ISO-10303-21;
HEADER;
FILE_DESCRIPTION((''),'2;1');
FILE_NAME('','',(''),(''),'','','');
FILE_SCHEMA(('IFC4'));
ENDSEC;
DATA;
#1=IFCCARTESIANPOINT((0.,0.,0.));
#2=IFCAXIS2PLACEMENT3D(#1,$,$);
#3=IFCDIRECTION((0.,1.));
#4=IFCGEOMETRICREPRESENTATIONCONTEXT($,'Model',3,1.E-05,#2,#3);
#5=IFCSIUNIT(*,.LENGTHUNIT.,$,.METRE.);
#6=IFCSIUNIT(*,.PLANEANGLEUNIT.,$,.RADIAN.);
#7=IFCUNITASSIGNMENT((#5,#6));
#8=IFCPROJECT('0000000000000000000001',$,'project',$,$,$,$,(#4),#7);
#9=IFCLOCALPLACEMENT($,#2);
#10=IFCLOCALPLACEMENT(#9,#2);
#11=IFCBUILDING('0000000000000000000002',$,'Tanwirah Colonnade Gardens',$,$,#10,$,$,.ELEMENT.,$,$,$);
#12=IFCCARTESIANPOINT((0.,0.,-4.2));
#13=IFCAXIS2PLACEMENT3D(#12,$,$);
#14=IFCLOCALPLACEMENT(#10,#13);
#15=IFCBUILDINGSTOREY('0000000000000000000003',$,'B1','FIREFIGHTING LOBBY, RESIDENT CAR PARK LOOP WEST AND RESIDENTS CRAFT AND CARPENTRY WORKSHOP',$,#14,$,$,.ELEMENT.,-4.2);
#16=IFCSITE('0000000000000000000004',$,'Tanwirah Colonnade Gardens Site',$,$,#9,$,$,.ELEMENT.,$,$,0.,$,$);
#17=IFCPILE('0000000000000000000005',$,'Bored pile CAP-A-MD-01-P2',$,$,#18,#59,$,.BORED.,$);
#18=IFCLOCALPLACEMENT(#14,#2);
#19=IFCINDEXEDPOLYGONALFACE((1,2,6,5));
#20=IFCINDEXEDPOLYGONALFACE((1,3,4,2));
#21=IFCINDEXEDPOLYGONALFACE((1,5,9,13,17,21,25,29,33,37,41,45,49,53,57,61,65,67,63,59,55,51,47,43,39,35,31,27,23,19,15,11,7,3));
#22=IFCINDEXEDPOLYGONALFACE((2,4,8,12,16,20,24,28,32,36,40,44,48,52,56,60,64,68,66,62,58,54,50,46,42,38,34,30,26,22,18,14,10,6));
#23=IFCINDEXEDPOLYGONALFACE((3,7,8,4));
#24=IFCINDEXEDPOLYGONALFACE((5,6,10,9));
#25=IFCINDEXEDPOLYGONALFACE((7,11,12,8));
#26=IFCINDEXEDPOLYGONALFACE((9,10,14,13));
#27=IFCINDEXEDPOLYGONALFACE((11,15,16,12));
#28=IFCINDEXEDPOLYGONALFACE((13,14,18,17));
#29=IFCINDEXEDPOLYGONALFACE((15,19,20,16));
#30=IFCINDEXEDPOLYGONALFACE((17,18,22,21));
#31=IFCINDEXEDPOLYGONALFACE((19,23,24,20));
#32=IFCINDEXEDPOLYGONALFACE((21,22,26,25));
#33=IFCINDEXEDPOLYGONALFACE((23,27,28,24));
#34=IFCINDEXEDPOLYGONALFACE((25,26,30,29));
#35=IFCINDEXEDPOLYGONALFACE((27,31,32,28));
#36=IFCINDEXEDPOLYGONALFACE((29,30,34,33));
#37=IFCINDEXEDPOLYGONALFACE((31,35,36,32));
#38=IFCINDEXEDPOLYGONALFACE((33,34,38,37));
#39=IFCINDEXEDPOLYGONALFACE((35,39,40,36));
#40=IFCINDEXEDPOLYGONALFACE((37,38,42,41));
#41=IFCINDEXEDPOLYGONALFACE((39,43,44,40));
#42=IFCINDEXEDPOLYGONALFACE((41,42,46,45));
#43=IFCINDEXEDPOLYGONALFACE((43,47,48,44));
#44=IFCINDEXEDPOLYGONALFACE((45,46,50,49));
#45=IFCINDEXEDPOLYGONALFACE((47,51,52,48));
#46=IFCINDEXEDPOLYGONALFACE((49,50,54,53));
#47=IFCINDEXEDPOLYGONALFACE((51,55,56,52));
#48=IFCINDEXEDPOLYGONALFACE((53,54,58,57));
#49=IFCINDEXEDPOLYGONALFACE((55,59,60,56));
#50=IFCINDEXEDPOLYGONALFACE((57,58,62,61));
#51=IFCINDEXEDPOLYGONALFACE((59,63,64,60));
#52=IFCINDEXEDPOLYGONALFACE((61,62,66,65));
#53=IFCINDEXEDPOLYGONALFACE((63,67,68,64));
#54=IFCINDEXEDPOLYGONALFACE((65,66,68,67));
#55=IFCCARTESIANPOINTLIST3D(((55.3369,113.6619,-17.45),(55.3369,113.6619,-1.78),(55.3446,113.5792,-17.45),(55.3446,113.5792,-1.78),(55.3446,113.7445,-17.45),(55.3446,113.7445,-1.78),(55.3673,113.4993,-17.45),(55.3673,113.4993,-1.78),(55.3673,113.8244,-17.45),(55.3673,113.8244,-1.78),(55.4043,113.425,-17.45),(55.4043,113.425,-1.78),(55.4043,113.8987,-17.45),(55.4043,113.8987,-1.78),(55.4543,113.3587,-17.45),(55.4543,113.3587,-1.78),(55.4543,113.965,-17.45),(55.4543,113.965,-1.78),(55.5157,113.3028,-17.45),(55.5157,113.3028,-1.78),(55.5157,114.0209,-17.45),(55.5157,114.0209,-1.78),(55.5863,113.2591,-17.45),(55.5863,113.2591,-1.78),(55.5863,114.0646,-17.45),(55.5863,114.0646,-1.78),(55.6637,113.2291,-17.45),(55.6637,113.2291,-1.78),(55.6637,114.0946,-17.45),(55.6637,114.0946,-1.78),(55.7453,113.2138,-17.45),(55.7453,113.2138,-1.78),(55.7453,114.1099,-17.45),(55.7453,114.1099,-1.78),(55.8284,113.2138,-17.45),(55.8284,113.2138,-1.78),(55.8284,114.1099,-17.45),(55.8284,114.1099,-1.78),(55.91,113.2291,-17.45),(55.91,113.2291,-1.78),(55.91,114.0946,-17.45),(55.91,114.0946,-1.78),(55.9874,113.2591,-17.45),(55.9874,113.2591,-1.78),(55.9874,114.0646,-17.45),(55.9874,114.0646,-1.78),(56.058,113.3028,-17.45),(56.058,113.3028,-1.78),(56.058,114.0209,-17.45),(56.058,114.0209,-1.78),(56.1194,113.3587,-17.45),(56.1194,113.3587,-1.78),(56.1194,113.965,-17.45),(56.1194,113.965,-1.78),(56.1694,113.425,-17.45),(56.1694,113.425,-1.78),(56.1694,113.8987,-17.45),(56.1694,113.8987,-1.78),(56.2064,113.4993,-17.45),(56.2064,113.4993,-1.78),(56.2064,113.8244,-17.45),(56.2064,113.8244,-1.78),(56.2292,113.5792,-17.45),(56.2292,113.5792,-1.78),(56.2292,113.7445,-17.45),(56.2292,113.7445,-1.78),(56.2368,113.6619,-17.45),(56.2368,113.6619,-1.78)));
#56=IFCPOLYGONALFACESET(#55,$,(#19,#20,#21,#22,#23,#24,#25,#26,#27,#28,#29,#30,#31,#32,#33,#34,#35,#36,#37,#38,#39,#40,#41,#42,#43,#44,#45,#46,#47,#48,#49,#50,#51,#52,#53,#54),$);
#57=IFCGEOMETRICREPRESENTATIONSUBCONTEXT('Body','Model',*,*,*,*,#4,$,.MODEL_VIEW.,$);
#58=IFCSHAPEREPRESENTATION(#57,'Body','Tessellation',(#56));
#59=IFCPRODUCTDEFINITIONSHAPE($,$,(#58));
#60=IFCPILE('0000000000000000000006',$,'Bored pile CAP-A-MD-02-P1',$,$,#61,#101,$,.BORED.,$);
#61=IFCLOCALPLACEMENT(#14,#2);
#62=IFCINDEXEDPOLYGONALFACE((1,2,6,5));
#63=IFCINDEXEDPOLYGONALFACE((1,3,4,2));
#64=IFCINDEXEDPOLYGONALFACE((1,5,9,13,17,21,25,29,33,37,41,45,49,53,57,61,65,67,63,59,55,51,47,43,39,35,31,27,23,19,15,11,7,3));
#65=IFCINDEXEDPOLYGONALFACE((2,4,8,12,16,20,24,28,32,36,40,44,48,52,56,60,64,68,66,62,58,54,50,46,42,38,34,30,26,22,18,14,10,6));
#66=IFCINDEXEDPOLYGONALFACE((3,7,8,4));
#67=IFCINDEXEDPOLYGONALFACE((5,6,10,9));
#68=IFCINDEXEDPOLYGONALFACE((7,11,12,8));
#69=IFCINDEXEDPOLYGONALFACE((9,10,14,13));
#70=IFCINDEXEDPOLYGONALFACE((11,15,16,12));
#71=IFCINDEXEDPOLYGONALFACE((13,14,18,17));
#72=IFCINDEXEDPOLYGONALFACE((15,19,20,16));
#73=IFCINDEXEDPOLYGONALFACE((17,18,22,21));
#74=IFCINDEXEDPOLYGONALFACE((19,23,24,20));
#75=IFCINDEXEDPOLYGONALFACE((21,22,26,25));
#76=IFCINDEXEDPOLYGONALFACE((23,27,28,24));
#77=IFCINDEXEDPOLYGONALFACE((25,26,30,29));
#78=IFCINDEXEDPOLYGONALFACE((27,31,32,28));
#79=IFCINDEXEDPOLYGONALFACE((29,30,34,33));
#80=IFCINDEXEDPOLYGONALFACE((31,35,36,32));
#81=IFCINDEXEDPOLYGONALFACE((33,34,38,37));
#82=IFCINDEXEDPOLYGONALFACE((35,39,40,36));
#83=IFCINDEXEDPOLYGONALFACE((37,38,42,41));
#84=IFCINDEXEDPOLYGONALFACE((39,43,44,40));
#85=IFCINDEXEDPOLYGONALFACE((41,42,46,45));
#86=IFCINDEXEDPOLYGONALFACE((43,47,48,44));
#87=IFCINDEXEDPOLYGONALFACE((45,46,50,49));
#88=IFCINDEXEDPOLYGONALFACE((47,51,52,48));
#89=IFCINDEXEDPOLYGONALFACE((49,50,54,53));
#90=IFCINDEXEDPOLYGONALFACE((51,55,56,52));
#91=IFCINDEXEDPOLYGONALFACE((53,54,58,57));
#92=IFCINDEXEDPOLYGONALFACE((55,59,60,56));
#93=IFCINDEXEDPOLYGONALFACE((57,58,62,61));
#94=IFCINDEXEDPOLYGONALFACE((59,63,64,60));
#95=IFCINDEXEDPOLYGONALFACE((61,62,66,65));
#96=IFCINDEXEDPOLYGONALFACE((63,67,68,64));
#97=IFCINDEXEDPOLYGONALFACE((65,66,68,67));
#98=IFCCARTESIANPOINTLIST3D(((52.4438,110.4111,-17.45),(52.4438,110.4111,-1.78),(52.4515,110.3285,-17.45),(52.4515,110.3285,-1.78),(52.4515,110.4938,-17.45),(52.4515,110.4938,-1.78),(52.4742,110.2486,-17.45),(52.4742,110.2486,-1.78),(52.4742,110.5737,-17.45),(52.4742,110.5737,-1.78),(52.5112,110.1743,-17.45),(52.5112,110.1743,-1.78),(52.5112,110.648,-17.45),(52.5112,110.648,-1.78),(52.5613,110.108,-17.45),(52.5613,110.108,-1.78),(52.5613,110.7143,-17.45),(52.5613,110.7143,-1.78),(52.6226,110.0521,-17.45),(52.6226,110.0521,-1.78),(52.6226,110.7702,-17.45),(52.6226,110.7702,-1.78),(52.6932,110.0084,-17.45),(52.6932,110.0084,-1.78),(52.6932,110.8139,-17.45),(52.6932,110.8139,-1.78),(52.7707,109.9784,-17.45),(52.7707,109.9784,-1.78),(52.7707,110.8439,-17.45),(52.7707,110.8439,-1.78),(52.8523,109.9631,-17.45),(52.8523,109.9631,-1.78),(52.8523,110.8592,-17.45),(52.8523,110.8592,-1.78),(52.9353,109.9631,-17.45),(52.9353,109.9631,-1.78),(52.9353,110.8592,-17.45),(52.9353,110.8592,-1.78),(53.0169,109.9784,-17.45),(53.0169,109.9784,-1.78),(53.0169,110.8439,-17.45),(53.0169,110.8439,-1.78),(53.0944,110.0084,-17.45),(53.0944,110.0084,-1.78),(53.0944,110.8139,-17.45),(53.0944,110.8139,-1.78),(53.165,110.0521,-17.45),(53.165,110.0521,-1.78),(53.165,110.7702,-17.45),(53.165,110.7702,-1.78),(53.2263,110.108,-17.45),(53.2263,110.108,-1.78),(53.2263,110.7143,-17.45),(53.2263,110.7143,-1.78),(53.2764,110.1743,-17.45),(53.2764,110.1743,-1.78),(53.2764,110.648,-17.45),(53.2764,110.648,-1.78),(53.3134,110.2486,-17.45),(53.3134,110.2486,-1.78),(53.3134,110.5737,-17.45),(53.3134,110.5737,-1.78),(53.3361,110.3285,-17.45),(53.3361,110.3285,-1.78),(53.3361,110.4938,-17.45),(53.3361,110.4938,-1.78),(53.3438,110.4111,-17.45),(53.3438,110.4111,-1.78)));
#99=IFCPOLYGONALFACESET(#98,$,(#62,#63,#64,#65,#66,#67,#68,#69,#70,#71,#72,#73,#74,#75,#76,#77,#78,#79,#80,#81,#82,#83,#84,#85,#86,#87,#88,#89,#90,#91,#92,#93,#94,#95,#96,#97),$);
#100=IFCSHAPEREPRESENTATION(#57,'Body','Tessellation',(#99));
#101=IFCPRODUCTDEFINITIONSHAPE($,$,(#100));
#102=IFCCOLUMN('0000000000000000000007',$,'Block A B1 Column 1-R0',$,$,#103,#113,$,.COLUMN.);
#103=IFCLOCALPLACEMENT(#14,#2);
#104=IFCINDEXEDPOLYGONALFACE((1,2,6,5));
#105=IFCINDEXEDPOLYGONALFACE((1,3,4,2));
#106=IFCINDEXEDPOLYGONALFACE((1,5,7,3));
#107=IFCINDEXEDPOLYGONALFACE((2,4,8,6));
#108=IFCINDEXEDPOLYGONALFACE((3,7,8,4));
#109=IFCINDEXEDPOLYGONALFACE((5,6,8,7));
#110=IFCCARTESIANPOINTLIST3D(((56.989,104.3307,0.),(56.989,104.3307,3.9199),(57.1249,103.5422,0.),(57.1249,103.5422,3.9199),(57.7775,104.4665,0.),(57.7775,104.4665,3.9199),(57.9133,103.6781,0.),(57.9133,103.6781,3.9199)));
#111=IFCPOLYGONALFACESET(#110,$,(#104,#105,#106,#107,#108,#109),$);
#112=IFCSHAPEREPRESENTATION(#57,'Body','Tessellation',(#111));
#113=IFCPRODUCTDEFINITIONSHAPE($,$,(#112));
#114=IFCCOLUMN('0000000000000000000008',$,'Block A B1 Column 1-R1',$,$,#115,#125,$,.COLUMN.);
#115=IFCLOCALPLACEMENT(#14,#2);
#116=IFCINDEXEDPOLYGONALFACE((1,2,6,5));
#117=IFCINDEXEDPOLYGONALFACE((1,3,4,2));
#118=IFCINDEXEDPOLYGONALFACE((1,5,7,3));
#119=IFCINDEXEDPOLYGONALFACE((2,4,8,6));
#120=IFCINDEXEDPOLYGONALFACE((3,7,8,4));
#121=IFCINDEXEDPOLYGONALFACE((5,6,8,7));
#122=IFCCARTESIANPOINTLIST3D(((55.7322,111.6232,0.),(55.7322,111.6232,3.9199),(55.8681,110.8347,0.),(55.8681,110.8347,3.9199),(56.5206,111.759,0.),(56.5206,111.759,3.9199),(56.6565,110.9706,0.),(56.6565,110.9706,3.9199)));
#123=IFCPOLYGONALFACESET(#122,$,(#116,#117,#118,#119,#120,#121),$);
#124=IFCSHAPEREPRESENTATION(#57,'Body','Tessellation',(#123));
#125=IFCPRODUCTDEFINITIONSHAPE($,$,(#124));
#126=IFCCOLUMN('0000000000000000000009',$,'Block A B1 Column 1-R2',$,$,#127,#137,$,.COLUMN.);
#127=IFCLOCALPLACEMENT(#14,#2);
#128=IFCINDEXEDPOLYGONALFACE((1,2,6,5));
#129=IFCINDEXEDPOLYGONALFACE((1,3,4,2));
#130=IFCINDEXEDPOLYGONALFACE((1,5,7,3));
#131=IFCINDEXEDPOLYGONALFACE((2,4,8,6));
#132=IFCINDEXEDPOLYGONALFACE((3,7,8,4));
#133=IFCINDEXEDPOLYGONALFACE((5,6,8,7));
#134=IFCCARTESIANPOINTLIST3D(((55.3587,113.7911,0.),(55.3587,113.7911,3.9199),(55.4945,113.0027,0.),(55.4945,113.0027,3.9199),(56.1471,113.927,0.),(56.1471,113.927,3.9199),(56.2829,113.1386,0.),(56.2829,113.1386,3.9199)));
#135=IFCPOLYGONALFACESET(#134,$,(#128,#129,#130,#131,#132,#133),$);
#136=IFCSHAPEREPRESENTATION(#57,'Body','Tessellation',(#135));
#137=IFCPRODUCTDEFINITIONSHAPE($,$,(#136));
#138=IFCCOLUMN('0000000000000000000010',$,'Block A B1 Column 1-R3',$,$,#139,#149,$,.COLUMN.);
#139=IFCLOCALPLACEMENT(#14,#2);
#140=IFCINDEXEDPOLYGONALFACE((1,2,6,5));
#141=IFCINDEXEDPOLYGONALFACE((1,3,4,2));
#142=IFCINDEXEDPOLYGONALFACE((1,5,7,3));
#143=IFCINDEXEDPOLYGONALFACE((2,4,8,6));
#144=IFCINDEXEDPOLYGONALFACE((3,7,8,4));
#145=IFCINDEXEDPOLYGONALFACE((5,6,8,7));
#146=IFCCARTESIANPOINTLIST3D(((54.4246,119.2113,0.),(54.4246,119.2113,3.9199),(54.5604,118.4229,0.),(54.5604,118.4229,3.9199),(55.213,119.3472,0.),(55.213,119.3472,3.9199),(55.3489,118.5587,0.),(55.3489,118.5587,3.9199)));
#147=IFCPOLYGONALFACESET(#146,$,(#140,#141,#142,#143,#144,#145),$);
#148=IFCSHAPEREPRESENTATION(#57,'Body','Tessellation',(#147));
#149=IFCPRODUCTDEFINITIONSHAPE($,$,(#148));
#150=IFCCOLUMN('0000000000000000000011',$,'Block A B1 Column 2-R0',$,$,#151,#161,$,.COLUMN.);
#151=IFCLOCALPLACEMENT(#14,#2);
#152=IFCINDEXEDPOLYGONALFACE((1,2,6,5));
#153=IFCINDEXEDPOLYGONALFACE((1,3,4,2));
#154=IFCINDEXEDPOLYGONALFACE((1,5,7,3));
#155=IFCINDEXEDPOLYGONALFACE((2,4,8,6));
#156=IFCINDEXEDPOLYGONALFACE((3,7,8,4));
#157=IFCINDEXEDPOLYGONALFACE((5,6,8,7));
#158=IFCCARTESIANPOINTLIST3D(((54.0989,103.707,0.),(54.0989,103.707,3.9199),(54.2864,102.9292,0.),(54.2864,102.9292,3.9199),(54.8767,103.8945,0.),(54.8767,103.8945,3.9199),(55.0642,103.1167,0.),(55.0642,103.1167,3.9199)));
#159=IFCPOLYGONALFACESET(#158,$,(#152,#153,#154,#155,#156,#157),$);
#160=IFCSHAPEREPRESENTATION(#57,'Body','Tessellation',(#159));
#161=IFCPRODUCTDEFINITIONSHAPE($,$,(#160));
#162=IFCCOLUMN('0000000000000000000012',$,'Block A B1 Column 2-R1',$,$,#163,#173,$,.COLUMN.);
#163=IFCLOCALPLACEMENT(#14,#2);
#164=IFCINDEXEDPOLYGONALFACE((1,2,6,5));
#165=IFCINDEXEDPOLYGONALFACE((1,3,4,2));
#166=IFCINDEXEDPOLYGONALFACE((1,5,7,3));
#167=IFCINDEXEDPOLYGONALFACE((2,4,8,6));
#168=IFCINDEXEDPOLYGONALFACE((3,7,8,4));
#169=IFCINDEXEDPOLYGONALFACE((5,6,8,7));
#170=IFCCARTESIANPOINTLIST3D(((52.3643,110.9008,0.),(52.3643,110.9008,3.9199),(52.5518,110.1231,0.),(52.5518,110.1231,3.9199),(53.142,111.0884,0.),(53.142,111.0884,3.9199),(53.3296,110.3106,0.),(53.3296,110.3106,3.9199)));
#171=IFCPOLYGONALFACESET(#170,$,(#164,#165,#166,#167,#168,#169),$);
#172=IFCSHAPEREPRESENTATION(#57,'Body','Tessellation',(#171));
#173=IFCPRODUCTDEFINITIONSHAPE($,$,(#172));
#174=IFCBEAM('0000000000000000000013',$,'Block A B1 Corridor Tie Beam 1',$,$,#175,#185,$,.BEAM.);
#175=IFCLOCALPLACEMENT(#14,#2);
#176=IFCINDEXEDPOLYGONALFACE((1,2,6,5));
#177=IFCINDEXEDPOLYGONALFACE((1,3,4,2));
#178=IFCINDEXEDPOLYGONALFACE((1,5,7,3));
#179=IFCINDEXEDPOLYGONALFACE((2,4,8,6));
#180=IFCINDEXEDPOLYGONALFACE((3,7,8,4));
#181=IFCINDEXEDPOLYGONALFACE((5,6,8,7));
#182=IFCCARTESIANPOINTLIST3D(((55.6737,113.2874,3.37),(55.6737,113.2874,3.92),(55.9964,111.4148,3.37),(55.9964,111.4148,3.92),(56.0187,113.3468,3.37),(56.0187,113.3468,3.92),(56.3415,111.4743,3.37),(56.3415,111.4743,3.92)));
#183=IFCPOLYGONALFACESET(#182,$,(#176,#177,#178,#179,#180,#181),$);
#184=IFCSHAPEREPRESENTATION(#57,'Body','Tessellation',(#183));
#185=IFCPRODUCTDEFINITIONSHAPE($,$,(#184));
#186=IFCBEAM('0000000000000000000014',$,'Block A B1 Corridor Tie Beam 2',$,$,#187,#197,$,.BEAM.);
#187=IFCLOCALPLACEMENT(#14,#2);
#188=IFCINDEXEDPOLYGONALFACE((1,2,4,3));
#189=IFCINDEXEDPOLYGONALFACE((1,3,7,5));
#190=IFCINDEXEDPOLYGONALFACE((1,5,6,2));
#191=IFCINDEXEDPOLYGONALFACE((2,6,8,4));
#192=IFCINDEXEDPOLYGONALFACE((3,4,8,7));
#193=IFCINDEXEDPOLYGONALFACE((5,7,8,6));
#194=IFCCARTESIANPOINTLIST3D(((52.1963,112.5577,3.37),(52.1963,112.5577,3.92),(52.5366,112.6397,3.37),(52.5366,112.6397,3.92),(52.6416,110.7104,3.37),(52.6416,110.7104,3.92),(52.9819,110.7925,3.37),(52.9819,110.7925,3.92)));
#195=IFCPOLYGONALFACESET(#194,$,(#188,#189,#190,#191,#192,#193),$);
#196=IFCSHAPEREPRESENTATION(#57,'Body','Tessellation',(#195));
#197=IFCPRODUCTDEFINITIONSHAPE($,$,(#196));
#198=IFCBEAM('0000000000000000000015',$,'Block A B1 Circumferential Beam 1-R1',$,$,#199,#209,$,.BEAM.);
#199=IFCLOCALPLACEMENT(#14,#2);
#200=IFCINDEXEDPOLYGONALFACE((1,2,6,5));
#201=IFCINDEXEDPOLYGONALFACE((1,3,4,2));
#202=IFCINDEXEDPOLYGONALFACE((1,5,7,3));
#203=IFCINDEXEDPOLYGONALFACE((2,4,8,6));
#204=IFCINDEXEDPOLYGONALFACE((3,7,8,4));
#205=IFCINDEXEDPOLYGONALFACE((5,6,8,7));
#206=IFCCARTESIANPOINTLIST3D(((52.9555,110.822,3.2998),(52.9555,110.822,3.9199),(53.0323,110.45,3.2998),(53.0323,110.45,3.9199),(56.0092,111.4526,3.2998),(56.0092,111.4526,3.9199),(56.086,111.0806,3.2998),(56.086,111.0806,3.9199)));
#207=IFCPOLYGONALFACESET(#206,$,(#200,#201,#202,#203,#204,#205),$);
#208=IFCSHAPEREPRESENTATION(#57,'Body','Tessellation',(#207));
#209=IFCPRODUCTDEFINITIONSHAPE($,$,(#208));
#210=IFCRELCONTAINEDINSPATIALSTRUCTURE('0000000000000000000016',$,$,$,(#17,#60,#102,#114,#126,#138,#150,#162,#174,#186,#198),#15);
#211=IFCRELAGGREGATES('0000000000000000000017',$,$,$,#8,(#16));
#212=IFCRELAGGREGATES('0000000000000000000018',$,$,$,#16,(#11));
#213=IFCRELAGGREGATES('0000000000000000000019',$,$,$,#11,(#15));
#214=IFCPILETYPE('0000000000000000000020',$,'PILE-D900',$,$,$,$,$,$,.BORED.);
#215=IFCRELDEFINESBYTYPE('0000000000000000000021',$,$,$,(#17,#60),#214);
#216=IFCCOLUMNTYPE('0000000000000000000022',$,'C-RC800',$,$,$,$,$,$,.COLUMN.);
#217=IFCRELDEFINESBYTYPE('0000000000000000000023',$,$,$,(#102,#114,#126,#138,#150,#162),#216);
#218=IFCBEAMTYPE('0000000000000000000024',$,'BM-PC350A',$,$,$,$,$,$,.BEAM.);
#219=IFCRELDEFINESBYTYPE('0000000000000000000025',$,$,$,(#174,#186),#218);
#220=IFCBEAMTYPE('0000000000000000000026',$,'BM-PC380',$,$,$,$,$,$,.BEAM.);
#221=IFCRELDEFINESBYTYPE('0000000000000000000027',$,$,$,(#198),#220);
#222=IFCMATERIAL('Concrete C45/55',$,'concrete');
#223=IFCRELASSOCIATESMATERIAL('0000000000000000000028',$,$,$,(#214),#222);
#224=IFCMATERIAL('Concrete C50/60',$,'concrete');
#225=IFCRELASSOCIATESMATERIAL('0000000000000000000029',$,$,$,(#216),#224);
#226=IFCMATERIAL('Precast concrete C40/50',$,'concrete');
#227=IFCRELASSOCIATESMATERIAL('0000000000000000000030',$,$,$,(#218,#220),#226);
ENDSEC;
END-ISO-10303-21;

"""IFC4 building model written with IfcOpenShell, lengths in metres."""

from ifc_helpers import new_model, si_unit, direction, frame, origin, origin_2d, place, context, subcontext, project, spatial, rectangle, circle, extrude, material, material_profile, profile_set, type_object, element, save


model = new_model("IFC4")

# Units and contexts
model_context = context("Model", 3, precision=1e-05, world=origin(), true_north=direction((0.0, 1.0)))
body_context = subcontext(model_context, "Body", "Model", "MODEL_VIEW")
ifc_project = project(units=[si_unit("LENGTHUNIT", "METRE"), si_unit("PLANEANGLEUNIT", "RADIAN")], contexts=[model_context])

# Site, building, storey
site_placement = place(None, origin())
site = spatial("IfcSite", under=ifc_project, at=site_placement, Name="Tanwirah Colonnade Gardens Site", CompositionType="ELEMENT", RefElevation=0.0)
building_placement = place(site_placement, origin())
building = spatial("IfcBuilding", under=site, at=building_placement, Name="Tanwirah Colonnade Gardens", CompositionType="ELEMENT")
storey_placement = place(building_placement, frame((0.0, 0.0, -4.2)))
storey = spatial("IfcBuildingStorey", under=building, at=storey_placement, Name="B1", Description="FIREFIGHTING LOBBY, RESIDENT CAR PARK LOOP WEST AND RESIDENTS CRAFT AND CARPENTRY WORKSHOP", CompositionType="ELEMENT", Elevation=-4.2)

# Shared definitions
ifc_material_1 = material(Name="Concrete C45/55", Category="concrete")

# Piles
ifc_material_profile_1 = material_profile(ifc_material_1, circle(Radius=0.45, at=origin_2d()), Name="PILE D900")
ifc_profile_set_1 = profile_set([ifc_material_profile_1], Name="Concrete C45/55")
pile_type_1 = type_object("IfcPileType", Name="PILE-D900", PredefinedType="BORED", material=ifc_profile_set_1)
for number, where, z_axis, x_axis, name in (
    (1, (55.7869, 113.6619, -1.78), (0.0, 0.0, -1.0), (1.0, 0.0, 0.0), "Bored pile CAP-A-MD-01-P2"),
    (2, (52.8938, 110.4111, -1.78), (0.0, 0.0, -1.0), (1.0, 0.0, 0.0), "Bored pile CAP-A-MD-02-P1"),
):
    element("IfcPile", number, at=place(storey_placement, frame(where, z_axis=z_axis, x_axis=x_axis)), inside=storey, type_object=pile_type_1, Name=name, PredefinedType="BORED", context=body_context, shape_type="SweptSolid", body=[
        extrude(circle(Radius=0.45, at=origin_2d()), origin(), (0.0, 0.0, 1.0), 15.6699),
    ])

# Columns
ifc_material_2 = material(Name="Concrete C50/60", Category="concrete")
ifc_material_profile_2 = material_profile(ifc_material_2, rectangle(XDim=0.8, YDim=0.8, at=origin_2d()), Name="RC-COL 800x800")
ifc_profile_set_2 = profile_set([ifc_material_profile_2], Name="Concrete C50/60")
column_type = type_object("IfcColumnType", Name="C-RC800", PredefinedType="COLUMN", material=ifc_profile_set_2)
for number, where, z_axis, x_axis, name in (
    (3, (57.4512, 104.0044, 0.0), (0.0, 0.0, 1.0), (-0.169827, 0.985474, 0.0), "Block A B1 Column 1-R0"),
    (4, (56.1943, 111.2969, 0.0), (0.0, 0.0, 1.0), (-0.169827, 0.985474, 0.0), "Block A B1 Column 1-R1"),
    (5, (55.8208, 113.4648, 0.0), (0.0, 0.0, 1.0), (-0.169827, 0.985474, 0.0), "Block A B1 Column 1-R2"),
    (6, (54.8867, 118.885, 0.0), (0.0, 0.0, 1.0), (-0.169827, 0.985474, 0.0), "Block A B1 Column 1-R3"),
    (7, (54.5815, 103.4119, 0.0), (0.0, 0.0, 1.0), (-0.234388, 0.972143, 0.0), "Block A B1 Column 2-R0"),
    (8, (52.8469, 110.6057, 0.0), (0.0, 0.0, 1.0), (-0.234388, 0.972143, 0.0), "Block A B1 Column 2-R1"),
):
    element("IfcColumn", number, at=place(storey_placement, frame(where, z_axis=z_axis, x_axis=x_axis)), inside=storey, type_object=column_type, Name=name, PredefinedType="COLUMN", context=body_context, shape_type="SweptSolid", body=[
        extrude(rectangle(XDim=0.8, YDim=0.8, at=origin_2d()), origin(), (0.0, 0.0, 1.0), 3.9199),
    ])

# Beams
ifc_material_3 = material(Name="Precast concrete C40/50", Category="concrete")
ifc_material_profile_3 = material_profile(ifc_material_3, rectangle(XDim=0.3501, YDim=0.55, at=origin_2d()), Name="PC-BM 350x550")
ifc_profile_set_3 = profile_set([ifc_material_profile_3], Name="Precast concrete C40/50")
beam_type_1 = type_object("IfcBeamType", Name="BM-PC350A", PredefinedType="BEAM", material=ifc_profile_set_3)
for number, where, z_axis, x_axis, name in (
    (9, (56.1689, 111.4446, 3.645), (-0.169855, 0.985469, 0.0), (-0.985469, -0.169855, 0.0), "Block A B1 Corridor Tie Beam 1"),
    (10, (52.8118, 110.7515, 3.645), (-0.234364, 0.972149, 0.0), (-0.972149, -0.234364, 0.0), "Block A B1 Corridor Tie Beam 2"),
):
    element("IfcBeam", number, at=place(storey_placement, frame(where, z_axis=z_axis, x_axis=x_axis)), inside=storey, type_object=beam_type_1, Name=name, PredefinedType="BEAM", context=body_context, shape_type="SweptSolid", body=[
        extrude(rectangle(XDim=0.3501, YDim=0.55, at=origin_2d()), origin(), (0.0, 0.0, 1.0), 1.9001),
    ])
ifc_material_profile_4 = material_profile(ifc_material_3, rectangle(XDim=0.3799, YDim=0.6201, at=origin_2d()), Name="PC-BM 380x620")
ifc_profile_set_4 = profile_set([ifc_material_profile_4], Name="Precast concrete C40/50")
beam_type_2 = type_object("IfcBeamType", Name="BM-PC380", PredefinedType="BEAM", material=ifc_profile_set_4)
beam_1_placement = place(storey_placement, frame((56.0476, 111.2666, 3.6099), z_axis=(-0.979336, -0.202241, 0.0), x_axis=(0.202241, -0.979336, 0.0)))
element("IfcBeam", 11, at=beam_1_placement, inside=storey, type_object=beam_type_2, Name="Block A B1 Circumferential Beam 1-R1", PredefinedType="BEAM", context=body_context, shape_type="SweptSolid", body=[
    extrude(rectangle(XDim=0.3799, YDim=0.6201, at=origin_2d()), origin(), (0.0, 0.0, 1.0), 3.1182),
])

save(model, "model.ifc")
